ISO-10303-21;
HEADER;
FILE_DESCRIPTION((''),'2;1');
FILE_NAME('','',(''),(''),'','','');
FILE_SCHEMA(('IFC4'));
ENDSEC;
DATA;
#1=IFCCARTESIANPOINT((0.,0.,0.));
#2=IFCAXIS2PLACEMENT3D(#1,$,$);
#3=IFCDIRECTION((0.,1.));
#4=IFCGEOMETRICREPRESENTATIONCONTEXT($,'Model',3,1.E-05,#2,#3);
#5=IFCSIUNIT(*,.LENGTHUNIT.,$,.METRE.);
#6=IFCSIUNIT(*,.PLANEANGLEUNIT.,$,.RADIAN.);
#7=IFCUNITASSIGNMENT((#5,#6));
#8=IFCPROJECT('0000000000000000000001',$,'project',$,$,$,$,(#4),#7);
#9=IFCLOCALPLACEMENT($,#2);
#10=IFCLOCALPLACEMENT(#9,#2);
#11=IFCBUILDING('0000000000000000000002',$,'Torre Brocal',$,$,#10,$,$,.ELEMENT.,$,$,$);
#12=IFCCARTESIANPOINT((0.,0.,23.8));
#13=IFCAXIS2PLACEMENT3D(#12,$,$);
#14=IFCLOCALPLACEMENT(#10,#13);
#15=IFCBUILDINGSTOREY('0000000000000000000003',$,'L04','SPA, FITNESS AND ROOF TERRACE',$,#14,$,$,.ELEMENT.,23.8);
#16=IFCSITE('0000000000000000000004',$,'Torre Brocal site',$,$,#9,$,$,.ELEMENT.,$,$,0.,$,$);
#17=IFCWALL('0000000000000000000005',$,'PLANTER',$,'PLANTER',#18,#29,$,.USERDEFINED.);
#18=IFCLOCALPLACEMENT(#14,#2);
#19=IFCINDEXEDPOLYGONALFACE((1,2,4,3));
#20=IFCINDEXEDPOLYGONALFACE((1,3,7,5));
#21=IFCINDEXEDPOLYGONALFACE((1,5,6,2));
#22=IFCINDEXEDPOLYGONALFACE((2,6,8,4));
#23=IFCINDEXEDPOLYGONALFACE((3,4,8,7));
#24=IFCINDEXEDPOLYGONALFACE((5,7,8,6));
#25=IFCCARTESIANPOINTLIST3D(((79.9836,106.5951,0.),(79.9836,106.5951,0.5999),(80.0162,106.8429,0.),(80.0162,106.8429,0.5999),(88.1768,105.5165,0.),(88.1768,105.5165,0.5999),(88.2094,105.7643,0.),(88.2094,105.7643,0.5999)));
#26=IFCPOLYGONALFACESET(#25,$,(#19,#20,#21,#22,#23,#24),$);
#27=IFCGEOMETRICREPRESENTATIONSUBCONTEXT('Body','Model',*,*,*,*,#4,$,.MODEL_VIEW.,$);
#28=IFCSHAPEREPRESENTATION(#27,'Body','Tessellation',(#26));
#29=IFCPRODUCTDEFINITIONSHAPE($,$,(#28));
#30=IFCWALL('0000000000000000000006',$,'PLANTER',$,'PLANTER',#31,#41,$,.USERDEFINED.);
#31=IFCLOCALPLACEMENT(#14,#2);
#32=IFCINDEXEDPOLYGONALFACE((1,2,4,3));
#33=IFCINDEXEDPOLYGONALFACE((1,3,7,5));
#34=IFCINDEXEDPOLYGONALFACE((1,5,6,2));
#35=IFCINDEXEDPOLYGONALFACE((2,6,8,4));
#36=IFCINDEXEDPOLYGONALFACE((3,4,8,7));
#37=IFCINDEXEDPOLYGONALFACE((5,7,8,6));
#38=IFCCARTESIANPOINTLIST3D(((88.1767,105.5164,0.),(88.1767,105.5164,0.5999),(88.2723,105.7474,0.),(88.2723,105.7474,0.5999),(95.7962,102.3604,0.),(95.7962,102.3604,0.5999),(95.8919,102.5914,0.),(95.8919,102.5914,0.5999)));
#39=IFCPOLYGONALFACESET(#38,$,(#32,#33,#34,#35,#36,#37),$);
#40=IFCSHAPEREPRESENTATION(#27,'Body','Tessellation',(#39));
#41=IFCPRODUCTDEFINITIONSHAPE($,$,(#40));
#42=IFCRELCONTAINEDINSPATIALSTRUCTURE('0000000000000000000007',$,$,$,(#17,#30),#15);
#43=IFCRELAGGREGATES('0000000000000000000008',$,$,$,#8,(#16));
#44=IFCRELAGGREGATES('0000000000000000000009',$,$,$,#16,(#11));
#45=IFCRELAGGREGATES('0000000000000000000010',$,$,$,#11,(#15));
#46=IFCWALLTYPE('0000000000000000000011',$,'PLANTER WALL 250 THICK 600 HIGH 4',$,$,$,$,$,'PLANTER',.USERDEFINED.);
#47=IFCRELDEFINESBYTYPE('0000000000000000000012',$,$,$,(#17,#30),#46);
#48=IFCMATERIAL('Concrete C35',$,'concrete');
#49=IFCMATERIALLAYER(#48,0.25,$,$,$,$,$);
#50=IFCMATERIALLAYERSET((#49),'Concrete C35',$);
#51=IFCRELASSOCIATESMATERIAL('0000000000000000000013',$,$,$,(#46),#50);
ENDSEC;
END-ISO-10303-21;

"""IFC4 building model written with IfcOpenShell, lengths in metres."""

from ifc_helpers import new_model, si_unit, direction, frame, frame_2d, origin, place, context, subcontext, project, spatial, rectangle, extrude, material, layer, layer_set, type_object, element, save


model = new_model("IFC4")

# Units and contexts
model_context = context("Model", 3, precision=1e-05, world=origin(), true_north=direction((0.0, 1.0)))
body_context = subcontext(model_context, "Body", "Model", "MODEL_VIEW")
ifc_project = project(units=[si_unit("LENGTHUNIT", "METRE"), si_unit("PLANEANGLEUNIT", "RADIAN")], contexts=[model_context])

# Site, building, storey
site_placement = place(None, origin())
site = spatial("IfcSite", under=ifc_project, at=site_placement, Name="Torre Brocal site", CompositionType="ELEMENT", RefElevation=0.0)
building_placement = place(site_placement, origin())
building = spatial("IfcBuilding", under=site, at=building_placement, Name="Torre Brocal", CompositionType="ELEMENT")
storey_placement = place(building_placement, frame((0.0, 0.0, 23.8)))
storey = spatial("IfcBuildingStorey", under=building, at=storey_placement, Name="L04", Description="SPA, FITNESS AND ROOF TERRACE", CompositionType="ELEMENT", Elevation=23.8)

# Walls
ifc_material_1 = material(Name="Concrete C35", Category="concrete")
ifc_layer_1 = layer(ifc_material_1, 0.25)
ifc_layer_set_1 = layer_set([ifc_layer_1], Name="Concrete C35")
wall_type_1 = type_object("IfcWallType", Name="PLANTER WALL 250 THICK 600 HIGH 4", ElementType="PLANTER", PredefinedType="USERDEFINED", material=ifc_layer_set_1)
wall_1_placement = place(storey_placement, frame((80.0, 106.719, 0.0), z_axis=(0.0, 0.0, 1.0), x_axis=(0.991445, -0.130523, 0.0)))
element("IfcWall", 1, at=wall_1_placement, inside=storey, type_object=wall_type_1, Name="PLANTER", ObjectType="PLANTER", PredefinedType="USERDEFINED", context=body_context, shape_type="SweptSolid", body=[
    extrude(rectangle(XDim=8.2639, YDim=0.25, at=frame_2d((4.1318, 0.0))), origin(), (0.0, 0.0, 1.0), 0.5999),
])
wall_2_placement = place(storey_placement, frame((88.2246, 105.6318, 0.0), z_axis=(0.0, 0.0, 1.0), x_axis=(0.923886, -0.382668, 0.0)))
element("IfcWall", 2, at=wall_2_placement, inside=storey, type_object=wall_type_1, Name="PLANTER", ObjectType="PLANTER", PredefinedType="USERDEFINED", context=body_context, shape_type="SweptSolid", body=[
    extrude(rectangle(XDim=8.2473, YDim=0.25, at=frame_2d((4.1235, 0.0))), origin(), (0.0, 0.0, 1.0), 0.5999),
])

save(model, "model.ifc")
